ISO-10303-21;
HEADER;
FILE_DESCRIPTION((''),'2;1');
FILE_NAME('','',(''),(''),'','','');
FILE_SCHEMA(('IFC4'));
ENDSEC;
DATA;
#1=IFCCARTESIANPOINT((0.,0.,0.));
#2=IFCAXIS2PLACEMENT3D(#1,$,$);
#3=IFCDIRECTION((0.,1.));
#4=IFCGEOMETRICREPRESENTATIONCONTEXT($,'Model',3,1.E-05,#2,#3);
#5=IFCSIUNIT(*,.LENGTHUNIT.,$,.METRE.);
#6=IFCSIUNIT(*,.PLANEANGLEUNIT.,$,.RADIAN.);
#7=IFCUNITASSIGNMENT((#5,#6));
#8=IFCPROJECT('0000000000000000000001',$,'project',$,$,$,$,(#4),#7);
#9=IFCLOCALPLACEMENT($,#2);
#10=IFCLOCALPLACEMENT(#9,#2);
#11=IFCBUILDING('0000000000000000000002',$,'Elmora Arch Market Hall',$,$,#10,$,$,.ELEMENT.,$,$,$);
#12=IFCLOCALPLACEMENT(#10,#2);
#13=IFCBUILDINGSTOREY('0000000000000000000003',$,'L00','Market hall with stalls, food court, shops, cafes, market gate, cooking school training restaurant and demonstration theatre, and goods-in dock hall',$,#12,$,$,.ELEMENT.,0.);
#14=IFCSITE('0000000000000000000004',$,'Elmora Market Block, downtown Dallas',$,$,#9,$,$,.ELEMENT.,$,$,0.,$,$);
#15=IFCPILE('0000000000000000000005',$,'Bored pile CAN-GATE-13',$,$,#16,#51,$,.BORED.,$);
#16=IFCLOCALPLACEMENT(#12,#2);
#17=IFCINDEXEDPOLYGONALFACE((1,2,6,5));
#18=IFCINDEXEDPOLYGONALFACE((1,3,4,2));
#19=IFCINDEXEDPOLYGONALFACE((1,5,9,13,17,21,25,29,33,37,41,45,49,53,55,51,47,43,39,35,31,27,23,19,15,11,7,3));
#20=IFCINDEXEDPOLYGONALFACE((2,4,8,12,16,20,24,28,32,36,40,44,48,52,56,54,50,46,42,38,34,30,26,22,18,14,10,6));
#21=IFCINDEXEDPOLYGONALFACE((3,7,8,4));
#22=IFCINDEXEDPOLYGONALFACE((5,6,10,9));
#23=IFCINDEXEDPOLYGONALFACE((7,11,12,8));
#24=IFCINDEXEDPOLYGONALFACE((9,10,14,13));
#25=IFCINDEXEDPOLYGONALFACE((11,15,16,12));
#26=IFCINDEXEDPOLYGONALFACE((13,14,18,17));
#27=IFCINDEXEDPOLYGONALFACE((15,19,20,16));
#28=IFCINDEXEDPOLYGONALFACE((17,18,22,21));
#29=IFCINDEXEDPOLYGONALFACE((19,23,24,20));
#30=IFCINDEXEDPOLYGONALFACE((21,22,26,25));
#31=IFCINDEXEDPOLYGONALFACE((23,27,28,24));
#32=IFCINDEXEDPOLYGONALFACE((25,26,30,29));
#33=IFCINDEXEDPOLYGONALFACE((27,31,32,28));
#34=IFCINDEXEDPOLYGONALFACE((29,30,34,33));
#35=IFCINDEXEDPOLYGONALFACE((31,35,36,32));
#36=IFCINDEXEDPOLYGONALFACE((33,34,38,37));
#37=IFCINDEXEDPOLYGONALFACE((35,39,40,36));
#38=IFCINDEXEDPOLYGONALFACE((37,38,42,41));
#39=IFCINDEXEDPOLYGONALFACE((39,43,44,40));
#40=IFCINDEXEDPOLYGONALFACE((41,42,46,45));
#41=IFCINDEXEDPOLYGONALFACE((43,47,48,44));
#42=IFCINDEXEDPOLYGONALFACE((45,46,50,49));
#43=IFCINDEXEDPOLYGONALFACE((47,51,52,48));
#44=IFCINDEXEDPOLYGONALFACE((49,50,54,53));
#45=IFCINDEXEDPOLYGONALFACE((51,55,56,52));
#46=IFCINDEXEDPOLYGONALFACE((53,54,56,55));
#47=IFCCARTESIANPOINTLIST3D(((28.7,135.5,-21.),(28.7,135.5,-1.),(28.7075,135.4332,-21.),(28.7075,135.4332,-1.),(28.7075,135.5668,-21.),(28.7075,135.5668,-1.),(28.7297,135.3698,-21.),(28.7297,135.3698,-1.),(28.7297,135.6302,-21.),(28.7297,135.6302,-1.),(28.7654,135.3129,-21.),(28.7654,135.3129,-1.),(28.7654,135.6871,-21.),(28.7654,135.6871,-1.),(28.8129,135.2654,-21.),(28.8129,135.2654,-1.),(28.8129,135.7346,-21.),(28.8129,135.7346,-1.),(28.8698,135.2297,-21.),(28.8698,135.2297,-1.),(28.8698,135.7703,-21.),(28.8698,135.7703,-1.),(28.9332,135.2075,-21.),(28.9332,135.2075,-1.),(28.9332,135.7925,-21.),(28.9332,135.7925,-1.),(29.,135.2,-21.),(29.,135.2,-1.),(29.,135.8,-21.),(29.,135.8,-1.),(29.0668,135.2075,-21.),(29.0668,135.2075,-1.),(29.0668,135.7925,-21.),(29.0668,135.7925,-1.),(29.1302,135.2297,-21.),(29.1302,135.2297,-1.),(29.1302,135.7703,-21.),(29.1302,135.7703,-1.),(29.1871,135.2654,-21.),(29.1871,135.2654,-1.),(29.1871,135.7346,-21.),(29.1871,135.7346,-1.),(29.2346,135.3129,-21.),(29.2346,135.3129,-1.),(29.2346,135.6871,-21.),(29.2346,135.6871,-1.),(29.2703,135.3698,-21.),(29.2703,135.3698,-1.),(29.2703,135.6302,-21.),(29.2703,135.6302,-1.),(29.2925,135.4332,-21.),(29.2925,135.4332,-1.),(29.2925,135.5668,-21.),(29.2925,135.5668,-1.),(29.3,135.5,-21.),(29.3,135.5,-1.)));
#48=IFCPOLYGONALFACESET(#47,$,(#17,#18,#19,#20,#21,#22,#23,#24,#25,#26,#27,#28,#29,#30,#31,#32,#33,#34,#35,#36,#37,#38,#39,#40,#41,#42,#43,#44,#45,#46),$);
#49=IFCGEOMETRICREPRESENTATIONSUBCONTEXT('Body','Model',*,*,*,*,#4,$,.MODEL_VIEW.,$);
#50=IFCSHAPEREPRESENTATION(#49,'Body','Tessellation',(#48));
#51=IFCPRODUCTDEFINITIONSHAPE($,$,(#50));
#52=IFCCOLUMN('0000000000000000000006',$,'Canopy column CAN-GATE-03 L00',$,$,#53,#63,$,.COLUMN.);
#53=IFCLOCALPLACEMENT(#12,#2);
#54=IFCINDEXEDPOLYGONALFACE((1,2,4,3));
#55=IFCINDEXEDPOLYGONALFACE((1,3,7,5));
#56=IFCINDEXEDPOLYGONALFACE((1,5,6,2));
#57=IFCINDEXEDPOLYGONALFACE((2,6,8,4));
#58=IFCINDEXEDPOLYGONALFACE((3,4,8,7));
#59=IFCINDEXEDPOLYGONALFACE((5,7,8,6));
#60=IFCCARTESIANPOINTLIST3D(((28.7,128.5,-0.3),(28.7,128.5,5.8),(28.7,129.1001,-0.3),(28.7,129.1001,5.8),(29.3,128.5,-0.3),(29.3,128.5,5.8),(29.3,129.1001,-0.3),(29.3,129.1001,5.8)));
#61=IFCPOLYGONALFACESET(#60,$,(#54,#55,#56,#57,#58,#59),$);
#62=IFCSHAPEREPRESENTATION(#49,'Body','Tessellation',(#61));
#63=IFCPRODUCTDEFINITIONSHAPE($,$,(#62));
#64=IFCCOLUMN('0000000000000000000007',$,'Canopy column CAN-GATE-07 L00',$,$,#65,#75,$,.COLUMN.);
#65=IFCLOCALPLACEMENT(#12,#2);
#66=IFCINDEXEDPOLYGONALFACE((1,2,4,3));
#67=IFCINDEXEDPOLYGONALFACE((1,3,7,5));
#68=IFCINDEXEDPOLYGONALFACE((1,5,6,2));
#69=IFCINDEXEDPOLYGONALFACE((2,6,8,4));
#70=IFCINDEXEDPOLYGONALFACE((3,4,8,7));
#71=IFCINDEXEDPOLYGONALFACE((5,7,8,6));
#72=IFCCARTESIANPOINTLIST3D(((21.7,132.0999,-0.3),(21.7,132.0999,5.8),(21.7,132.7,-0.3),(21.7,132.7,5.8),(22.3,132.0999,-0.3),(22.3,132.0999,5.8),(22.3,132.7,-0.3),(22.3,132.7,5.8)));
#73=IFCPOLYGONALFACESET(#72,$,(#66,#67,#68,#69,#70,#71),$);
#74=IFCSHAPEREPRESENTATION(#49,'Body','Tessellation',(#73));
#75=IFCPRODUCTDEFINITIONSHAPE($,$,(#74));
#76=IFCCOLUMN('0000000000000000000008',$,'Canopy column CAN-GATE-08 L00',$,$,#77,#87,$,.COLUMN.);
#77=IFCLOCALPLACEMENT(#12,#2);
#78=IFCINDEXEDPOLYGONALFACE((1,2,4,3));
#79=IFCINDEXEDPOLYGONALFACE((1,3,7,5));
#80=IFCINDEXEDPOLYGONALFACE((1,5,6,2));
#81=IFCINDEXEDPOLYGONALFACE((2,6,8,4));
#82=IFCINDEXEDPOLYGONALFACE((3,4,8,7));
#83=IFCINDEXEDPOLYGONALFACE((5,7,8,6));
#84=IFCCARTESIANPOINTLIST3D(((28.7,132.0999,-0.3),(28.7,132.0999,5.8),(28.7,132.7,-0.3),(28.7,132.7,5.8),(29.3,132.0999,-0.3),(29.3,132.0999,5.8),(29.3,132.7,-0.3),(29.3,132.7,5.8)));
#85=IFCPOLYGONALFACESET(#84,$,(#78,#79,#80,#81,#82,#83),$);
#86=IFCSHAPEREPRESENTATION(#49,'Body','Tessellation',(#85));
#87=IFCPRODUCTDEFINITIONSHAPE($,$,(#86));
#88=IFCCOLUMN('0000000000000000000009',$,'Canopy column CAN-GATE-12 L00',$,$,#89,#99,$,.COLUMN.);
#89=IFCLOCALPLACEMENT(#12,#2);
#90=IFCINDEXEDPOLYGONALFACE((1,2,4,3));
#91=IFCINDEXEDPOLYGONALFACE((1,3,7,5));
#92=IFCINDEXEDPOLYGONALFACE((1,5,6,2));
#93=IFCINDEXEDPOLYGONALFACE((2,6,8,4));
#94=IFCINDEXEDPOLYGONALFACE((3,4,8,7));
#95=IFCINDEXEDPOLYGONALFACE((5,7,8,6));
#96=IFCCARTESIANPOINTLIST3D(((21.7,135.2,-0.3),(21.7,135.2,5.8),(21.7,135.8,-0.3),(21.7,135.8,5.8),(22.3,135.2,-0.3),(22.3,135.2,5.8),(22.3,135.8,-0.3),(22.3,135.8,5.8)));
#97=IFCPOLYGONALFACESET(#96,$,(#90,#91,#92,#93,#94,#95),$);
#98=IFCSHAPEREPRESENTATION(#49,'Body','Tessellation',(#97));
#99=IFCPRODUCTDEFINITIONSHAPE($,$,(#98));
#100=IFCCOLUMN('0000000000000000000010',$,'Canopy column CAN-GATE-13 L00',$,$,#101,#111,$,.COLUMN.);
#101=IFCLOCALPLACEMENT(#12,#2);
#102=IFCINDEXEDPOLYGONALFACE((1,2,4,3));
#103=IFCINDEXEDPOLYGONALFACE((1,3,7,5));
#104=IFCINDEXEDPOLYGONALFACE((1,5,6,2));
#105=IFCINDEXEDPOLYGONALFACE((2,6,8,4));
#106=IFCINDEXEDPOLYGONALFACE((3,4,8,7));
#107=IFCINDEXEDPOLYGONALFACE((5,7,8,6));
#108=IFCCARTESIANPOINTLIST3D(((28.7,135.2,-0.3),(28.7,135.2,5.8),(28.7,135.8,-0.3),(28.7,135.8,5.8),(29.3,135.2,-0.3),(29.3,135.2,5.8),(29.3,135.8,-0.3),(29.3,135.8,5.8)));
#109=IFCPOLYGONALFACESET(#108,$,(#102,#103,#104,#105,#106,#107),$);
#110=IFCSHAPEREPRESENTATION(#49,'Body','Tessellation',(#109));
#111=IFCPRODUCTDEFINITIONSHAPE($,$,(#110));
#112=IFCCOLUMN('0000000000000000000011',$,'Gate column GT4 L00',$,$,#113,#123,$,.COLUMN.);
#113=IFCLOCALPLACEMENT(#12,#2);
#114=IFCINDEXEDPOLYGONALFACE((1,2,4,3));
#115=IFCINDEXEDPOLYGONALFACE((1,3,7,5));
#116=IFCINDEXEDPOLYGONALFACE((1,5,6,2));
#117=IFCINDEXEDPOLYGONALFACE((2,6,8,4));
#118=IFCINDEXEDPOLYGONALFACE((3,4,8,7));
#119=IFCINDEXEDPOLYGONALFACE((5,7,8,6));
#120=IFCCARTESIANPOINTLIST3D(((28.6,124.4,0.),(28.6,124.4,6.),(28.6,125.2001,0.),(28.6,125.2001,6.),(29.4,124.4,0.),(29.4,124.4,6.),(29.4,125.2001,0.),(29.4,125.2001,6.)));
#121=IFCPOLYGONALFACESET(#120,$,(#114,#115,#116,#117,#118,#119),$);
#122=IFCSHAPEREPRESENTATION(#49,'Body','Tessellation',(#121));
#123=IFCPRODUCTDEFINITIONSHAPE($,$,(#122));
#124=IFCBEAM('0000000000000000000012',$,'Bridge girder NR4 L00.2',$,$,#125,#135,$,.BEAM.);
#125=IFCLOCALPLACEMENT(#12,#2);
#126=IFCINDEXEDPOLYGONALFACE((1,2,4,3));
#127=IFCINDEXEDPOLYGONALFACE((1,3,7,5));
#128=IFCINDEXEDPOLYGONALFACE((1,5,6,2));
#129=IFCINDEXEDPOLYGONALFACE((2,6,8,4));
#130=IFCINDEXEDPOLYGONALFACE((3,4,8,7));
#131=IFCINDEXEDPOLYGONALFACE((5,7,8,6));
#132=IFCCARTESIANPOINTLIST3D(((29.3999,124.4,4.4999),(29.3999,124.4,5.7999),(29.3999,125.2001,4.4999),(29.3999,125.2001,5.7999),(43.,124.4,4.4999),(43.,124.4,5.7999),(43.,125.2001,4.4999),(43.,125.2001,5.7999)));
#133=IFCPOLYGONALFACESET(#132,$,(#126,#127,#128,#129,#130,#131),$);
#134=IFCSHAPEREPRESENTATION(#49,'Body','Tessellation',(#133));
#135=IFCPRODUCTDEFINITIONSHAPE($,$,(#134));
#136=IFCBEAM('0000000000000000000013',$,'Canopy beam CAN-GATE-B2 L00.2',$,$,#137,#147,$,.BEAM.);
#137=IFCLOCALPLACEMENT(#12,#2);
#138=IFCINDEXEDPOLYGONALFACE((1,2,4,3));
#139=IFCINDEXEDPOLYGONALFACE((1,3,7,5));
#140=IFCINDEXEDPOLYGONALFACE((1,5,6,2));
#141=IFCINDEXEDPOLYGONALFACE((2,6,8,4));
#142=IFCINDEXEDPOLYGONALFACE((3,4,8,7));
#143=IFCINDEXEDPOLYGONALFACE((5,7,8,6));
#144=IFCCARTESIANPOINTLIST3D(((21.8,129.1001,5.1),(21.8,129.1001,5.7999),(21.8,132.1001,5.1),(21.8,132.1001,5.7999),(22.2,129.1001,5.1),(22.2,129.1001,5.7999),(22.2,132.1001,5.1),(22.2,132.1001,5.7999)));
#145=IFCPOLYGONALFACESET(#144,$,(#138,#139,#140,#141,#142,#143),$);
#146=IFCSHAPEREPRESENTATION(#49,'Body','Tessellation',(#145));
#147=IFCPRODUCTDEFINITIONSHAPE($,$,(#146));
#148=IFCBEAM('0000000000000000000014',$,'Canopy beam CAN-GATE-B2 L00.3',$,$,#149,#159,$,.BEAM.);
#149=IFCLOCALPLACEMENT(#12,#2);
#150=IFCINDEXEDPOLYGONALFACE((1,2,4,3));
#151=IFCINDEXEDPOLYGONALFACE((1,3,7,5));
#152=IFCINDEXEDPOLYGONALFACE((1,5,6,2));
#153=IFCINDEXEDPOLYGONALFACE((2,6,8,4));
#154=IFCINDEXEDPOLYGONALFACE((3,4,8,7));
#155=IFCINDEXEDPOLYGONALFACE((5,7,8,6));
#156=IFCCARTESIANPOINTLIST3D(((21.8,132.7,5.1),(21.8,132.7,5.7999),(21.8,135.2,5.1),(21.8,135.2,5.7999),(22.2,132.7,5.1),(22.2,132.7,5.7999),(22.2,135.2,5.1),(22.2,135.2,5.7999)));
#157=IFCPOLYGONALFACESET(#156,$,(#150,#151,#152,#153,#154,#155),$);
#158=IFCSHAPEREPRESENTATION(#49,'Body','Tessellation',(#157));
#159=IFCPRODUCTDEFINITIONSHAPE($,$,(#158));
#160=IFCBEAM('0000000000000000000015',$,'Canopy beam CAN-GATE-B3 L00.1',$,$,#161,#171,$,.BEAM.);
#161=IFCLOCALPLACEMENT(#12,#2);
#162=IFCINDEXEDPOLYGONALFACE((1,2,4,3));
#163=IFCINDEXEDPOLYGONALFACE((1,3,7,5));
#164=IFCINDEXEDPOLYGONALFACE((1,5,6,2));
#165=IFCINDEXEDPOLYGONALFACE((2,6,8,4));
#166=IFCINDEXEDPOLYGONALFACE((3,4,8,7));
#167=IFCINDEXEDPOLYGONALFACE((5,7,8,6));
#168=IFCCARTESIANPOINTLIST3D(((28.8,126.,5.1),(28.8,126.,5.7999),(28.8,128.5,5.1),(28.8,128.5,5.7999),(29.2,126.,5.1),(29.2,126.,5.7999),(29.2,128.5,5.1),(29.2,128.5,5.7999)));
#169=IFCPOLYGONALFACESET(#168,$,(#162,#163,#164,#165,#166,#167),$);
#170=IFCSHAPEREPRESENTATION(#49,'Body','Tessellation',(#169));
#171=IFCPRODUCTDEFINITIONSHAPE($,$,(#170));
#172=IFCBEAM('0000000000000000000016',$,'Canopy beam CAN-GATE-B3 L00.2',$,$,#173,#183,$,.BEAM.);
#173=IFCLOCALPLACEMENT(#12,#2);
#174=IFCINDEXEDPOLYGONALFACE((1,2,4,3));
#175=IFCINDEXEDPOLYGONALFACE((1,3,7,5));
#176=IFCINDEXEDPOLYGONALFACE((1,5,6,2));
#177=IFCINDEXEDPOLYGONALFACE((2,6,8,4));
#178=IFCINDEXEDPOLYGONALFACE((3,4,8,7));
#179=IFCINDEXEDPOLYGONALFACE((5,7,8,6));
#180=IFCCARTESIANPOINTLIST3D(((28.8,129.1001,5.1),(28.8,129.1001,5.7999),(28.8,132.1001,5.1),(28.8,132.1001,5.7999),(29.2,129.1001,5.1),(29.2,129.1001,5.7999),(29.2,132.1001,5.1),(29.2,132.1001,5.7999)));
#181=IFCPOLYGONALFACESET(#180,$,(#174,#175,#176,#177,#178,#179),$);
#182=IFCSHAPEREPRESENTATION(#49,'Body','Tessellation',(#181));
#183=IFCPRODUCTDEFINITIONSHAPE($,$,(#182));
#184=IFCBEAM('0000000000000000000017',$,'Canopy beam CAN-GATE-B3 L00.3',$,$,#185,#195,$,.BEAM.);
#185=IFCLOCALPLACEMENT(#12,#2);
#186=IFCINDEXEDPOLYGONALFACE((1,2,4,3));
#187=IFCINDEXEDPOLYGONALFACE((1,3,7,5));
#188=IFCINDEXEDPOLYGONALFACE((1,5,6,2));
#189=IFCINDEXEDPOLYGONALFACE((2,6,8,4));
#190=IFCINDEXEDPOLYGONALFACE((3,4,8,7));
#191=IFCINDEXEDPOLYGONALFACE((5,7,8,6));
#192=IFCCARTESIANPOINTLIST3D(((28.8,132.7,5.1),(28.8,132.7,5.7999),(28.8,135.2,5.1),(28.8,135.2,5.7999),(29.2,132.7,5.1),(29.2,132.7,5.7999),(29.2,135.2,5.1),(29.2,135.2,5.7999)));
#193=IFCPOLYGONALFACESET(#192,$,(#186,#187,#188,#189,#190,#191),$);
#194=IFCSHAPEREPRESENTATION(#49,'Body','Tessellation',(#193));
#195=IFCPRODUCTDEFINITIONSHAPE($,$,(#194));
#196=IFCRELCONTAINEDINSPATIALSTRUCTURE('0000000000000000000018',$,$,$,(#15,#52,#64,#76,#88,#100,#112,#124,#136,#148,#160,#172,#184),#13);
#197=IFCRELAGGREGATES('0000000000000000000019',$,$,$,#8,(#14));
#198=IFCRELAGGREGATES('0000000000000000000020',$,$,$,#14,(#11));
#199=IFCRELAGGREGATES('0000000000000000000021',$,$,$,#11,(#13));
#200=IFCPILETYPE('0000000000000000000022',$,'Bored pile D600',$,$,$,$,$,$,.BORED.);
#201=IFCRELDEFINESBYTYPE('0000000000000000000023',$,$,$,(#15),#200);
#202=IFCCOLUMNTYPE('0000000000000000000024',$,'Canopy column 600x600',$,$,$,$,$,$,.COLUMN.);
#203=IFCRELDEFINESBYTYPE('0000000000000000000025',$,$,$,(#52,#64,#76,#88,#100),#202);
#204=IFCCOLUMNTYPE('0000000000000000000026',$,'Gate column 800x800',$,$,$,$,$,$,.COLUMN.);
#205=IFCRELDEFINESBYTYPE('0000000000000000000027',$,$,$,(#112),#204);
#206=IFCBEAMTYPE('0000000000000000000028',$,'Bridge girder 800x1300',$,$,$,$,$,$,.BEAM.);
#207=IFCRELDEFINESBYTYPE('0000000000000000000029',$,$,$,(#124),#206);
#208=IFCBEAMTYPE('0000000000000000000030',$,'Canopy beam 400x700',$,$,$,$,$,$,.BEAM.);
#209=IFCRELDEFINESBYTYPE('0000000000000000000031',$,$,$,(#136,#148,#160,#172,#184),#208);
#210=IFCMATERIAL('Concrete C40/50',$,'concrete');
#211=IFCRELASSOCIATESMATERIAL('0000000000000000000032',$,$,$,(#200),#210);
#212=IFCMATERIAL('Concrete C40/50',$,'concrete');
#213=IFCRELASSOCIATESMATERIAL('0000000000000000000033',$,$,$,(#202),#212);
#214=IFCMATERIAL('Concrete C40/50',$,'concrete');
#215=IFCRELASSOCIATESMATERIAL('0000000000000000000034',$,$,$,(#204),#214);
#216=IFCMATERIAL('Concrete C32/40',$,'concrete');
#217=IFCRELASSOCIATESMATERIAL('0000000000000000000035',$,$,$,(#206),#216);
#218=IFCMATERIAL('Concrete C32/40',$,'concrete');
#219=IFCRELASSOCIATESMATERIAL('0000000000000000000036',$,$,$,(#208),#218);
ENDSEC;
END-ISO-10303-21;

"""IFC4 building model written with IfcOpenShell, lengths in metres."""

from ifc_helpers import new_model, si_unit, direction, frame, origin, origin_2d, place, context, subcontext, project, spatial, rectangle, circle, extrude, material, material_profile, profile_set, type_object, element, save


model = new_model("IFC4")

# Units and contexts
model_context = context("Model", 3, precision=1e-05, world=origin(), true_north=direction((0.0, 1.0)))
body_context = subcontext(model_context, "Body", "Model", "MODEL_VIEW")
ifc_project = project(units=[si_unit("LENGTHUNIT", "METRE"), si_unit("PLANEANGLEUNIT", "RADIAN")], contexts=[model_context])

# Site, building, storey
site_placement = place(None, origin())
site = spatial("IfcSite", under=ifc_project, at=site_placement, Name="Elmora Market Block, downtown Dallas", CompositionType="ELEMENT", RefElevation=0.0)
building_placement = place(site_placement, origin())
building = spatial("IfcBuilding", under=site, at=building_placement, Name="Elmora Arch Market Hall", CompositionType="ELEMENT")
storey_placement = place(building_placement, origin())
storey = spatial("IfcBuildingStorey", under=building, at=storey_placement, Name="L00", Description="Market hall with stalls, food court, shops, cafes, market gate, cooking school training restaurant and demonstration theatre, and goods-in dock hall", CompositionType="ELEMENT", Elevation=0.0)

# Pile
ifc_material_1 = material(Name="Concrete C40/50", Category="concrete")
ifc_material_profile_1 = material_profile(ifc_material_1, circle(Radius=0.3, at=origin_2d()), Name="Bored pile D600")
ifc_profile_set_1 = profile_set([ifc_material_profile_1], Name="Concrete C40/50")
pile_type = type_object("IfcPileType", Name="Bored pile D600", PredefinedType="BORED", material=ifc_profile_set_1)
for number, where, z_axis, x_axis, name in (
    (1, (29.0, 135.5, -1.0), (0.0, 0.0, -1.0), (1.0, 0.0, 0.0), "Bored pile CAN-GATE-13"),
):
    element("IfcPile", number, at=place(storey_placement, frame(where, z_axis=z_axis, x_axis=x_axis)), inside=storey, type_object=pile_type, Name=name, PredefinedType="BORED", context=body_context, shape_type="SweptSolid", body=[
        extrude(circle(Radius=0.3, at=origin_2d()), origin(), (0.0, 0.0, 1.0), 20.0),
    ])

# Columns
ifc_material_2 = material(Name="Concrete C40/50", Category="concrete")
ifc_material_profile_2 = material_profile(ifc_material_2, rectangle(XDim=0.6001, YDim=0.6001, at=origin_2d()), Name="Canopy column 600x600")
ifc_profile_set_2 = profile_set([ifc_material_profile_2], Name="Concrete C40/50")
column_type_1 = type_object("IfcColumnType", Name="Canopy column 600x600", PredefinedType="COLUMN", material=ifc_profile_set_2)
for number, where, z_axis, x_axis, name in (
    (2, (29.0, 128.8, -0.3), (0.0, 0.0, 1.0), (1.0, 0.0, 0.0), "Canopy column CAN-GATE-03 L00"),
    (3, (22.0, 132.3999, -0.3), (0.0, 0.0, 1.0), (1.0, 0.0, 0.0), "Canopy column CAN-GATE-07 L00"),
    (4, (29.0, 132.3999, -0.3), (0.0, 0.0, 1.0), (1.0, 0.0, 0.0), "Canopy column CAN-GATE-08 L00"),
    (5, (22.0, 135.5, -0.3), (0.0, 0.0, 1.0), (1.0, 0.0, 0.0), "Canopy column CAN-GATE-12 L00"),
    (6, (29.0, 135.5, -0.3), (0.0, 0.0, 1.0), (1.0, 0.0, 0.0), "Canopy column CAN-GATE-13 L00"),
):
    element("IfcColumn", number, at=place(storey_placement, frame(where, z_axis=z_axis, x_axis=x_axis)), inside=storey, type_object=column_type_1, Name=name, PredefinedType="COLUMN", context=body_context, shape_type="SweptSolid", body=[
        extrude(rectangle(XDim=0.6001, YDim=0.6001, at=origin_2d()), origin(), (0.0, 0.0, 1.0), 6.1001),
    ])
ifc_material_3 = material(Name="Concrete C40/50", Category="concrete")
ifc_material_profile_3 = material_profile(ifc_material_3, rectangle(XDim=0.8, YDim=0.8, at=origin_2d()), Name="Gate column 800x800")
ifc_profile_set_3 = profile_set([ifc_material_profile_3], Name="Concrete C40/50")
column_type_2 = type_object("IfcColumnType", Name="Gate column 800x800", PredefinedType="COLUMN", material=ifc_profile_set_3)
column_placement = place(storey_placement, frame((29.0, 124.8, 0.0), z_axis=(0.0, 0.0, 1.0), x_axis=(1.0, 0.0, 0.0)))
element("IfcColumn", 7, at=column_placement, inside=storey, type_object=column_type_2, Name="Gate column GT4 L00", PredefinedType="COLUMN", context=body_context, shape_type="SweptSolid", body=[
    extrude(rectangle(XDim=0.8, YDim=0.8, at=origin_2d()), origin(), (0.0, 0.0, 1.0), 6.0),
])

# Beams
ifc_material_4 = material(Name="Concrete C32/40", Category="concrete")
ifc_material_profile_4 = material_profile(ifc_material_4, rectangle(XDim=0.8, YDim=1.3, at=origin_2d()), Name="Bridge girder 800x1300")
ifc_profile_set_4 = profile_set([ifc_material_profile_4], Name="Concrete C32/40")
beam_type_1 = type_object("IfcBeamType", Name="Bridge girder 800x1300", PredefinedType="BEAM", material=ifc_profile_set_4)
beam_1_placement = place(storey_placement, frame((29.3999, 124.8, 5.1499), z_axis=(1.0, 0.0, 0.0), x_axis=(0.0, 1.0, 0.0)))
element("IfcBeam", 8, at=beam_1_placement, inside=storey, type_object=beam_type_1, Name="Bridge girder NR4 L00.2", PredefinedType="BEAM", context=body_context, shape_type="SweptSolid", body=[
    extrude(rectangle(XDim=0.8, YDim=1.3, at=origin_2d()), origin(), (0.0, 0.0, 1.0), 13.6001),
])
ifc_material_5 = material(Name="Concrete C32/40", Category="concrete")
ifc_material_profile_5 = material_profile(ifc_material_5, rectangle(XDim=0.3999, YDim=0.7, at=origin_2d()), Name="Canopy beam 400x700")
ifc_profile_set_5 = profile_set([ifc_material_profile_5], Name="Concrete C32/40")
beam_type_2 = type_object("IfcBeamType", Name="Canopy beam 400x700", PredefinedType="BEAM", material=ifc_profile_set_5)
beam_2_placement = place(storey_placement, frame((22.0, 129.1001, 5.45), z_axis=(0.0, 1.0, 0.0), x_axis=(-1.0, 0.0, 0.0)))
element("IfcBeam", 9, at=beam_2_placement, inside=storey, type_object=beam_type_2, Name="Canopy beam CAN-GATE-B2 L00.2", PredefinedType="BEAM", context=body_context, shape_type="SweptSolid", body=[
    extrude(rectangle(XDim=0.3999, YDim=0.7, at=origin_2d()), origin(), (0.0, 0.0, 1.0), 3.0),
])
for number, where, z_axis, x_axis, name in (
    (10, (22.0, 132.7, 5.45), (0.0, 1.0, 0.0), (-1.0, 0.0, 0.0), "Canopy beam CAN-GATE-B2 L00.3"),
    (11, (29.0, 126.0, 5.45), (0.0, 1.0, 0.0), (-1.0, 0.0, 0.0), "Canopy beam CAN-GATE-B3 L00.1"),
):
    element("IfcBeam", number, at=place(storey_placement, frame(where, z_axis=z_axis, x_axis=x_axis)), inside=storey, type_object=beam_type_2, Name=name, PredefinedType="BEAM", context=body_context, shape_type="SweptSolid", body=[
        extrude(rectangle(XDim=0.3999, YDim=0.7, at=origin_2d()), origin(), (0.0, 0.0, 1.0), 2.5),
    ])
beam_3_placement = place(storey_placement, frame((29.0, 129.1001, 5.45), z_axis=(0.0, 1.0, 0.0), x_axis=(-1.0, 0.0, 0.0)))
element("IfcBeam", 12, at=beam_3_placement, inside=storey, type_object=beam_type_2, Name="Canopy beam CAN-GATE-B3 L00.2", PredefinedType="BEAM", context=body_context, shape_type="SweptSolid", body=[
    extrude(rectangle(XDim=0.3999, YDim=0.7, at=origin_2d()), origin(), (0.0, 0.0, 1.0), 3.0),
])
for number, where, z_axis, x_axis, name in (
    (13, (29.0, 132.7, 5.45), (0.0, 1.0, 0.0), (-1.0, 0.0, 0.0), "Canopy beam CAN-GATE-B3 L00.3"),
):
    element("IfcBeam", number, at=place(storey_placement, frame(where, z_axis=z_axis, x_axis=x_axis)), inside=storey, type_object=beam_type_2, Name=name, PredefinedType="BEAM", context=body_context, shape_type="SweptSolid", body=[
        extrude(rectangle(XDim=0.3999, YDim=0.7, at=origin_2d()), origin(), (0.0, 0.0, 1.0), 2.5),
    ])

save(model, "model.ifc")
